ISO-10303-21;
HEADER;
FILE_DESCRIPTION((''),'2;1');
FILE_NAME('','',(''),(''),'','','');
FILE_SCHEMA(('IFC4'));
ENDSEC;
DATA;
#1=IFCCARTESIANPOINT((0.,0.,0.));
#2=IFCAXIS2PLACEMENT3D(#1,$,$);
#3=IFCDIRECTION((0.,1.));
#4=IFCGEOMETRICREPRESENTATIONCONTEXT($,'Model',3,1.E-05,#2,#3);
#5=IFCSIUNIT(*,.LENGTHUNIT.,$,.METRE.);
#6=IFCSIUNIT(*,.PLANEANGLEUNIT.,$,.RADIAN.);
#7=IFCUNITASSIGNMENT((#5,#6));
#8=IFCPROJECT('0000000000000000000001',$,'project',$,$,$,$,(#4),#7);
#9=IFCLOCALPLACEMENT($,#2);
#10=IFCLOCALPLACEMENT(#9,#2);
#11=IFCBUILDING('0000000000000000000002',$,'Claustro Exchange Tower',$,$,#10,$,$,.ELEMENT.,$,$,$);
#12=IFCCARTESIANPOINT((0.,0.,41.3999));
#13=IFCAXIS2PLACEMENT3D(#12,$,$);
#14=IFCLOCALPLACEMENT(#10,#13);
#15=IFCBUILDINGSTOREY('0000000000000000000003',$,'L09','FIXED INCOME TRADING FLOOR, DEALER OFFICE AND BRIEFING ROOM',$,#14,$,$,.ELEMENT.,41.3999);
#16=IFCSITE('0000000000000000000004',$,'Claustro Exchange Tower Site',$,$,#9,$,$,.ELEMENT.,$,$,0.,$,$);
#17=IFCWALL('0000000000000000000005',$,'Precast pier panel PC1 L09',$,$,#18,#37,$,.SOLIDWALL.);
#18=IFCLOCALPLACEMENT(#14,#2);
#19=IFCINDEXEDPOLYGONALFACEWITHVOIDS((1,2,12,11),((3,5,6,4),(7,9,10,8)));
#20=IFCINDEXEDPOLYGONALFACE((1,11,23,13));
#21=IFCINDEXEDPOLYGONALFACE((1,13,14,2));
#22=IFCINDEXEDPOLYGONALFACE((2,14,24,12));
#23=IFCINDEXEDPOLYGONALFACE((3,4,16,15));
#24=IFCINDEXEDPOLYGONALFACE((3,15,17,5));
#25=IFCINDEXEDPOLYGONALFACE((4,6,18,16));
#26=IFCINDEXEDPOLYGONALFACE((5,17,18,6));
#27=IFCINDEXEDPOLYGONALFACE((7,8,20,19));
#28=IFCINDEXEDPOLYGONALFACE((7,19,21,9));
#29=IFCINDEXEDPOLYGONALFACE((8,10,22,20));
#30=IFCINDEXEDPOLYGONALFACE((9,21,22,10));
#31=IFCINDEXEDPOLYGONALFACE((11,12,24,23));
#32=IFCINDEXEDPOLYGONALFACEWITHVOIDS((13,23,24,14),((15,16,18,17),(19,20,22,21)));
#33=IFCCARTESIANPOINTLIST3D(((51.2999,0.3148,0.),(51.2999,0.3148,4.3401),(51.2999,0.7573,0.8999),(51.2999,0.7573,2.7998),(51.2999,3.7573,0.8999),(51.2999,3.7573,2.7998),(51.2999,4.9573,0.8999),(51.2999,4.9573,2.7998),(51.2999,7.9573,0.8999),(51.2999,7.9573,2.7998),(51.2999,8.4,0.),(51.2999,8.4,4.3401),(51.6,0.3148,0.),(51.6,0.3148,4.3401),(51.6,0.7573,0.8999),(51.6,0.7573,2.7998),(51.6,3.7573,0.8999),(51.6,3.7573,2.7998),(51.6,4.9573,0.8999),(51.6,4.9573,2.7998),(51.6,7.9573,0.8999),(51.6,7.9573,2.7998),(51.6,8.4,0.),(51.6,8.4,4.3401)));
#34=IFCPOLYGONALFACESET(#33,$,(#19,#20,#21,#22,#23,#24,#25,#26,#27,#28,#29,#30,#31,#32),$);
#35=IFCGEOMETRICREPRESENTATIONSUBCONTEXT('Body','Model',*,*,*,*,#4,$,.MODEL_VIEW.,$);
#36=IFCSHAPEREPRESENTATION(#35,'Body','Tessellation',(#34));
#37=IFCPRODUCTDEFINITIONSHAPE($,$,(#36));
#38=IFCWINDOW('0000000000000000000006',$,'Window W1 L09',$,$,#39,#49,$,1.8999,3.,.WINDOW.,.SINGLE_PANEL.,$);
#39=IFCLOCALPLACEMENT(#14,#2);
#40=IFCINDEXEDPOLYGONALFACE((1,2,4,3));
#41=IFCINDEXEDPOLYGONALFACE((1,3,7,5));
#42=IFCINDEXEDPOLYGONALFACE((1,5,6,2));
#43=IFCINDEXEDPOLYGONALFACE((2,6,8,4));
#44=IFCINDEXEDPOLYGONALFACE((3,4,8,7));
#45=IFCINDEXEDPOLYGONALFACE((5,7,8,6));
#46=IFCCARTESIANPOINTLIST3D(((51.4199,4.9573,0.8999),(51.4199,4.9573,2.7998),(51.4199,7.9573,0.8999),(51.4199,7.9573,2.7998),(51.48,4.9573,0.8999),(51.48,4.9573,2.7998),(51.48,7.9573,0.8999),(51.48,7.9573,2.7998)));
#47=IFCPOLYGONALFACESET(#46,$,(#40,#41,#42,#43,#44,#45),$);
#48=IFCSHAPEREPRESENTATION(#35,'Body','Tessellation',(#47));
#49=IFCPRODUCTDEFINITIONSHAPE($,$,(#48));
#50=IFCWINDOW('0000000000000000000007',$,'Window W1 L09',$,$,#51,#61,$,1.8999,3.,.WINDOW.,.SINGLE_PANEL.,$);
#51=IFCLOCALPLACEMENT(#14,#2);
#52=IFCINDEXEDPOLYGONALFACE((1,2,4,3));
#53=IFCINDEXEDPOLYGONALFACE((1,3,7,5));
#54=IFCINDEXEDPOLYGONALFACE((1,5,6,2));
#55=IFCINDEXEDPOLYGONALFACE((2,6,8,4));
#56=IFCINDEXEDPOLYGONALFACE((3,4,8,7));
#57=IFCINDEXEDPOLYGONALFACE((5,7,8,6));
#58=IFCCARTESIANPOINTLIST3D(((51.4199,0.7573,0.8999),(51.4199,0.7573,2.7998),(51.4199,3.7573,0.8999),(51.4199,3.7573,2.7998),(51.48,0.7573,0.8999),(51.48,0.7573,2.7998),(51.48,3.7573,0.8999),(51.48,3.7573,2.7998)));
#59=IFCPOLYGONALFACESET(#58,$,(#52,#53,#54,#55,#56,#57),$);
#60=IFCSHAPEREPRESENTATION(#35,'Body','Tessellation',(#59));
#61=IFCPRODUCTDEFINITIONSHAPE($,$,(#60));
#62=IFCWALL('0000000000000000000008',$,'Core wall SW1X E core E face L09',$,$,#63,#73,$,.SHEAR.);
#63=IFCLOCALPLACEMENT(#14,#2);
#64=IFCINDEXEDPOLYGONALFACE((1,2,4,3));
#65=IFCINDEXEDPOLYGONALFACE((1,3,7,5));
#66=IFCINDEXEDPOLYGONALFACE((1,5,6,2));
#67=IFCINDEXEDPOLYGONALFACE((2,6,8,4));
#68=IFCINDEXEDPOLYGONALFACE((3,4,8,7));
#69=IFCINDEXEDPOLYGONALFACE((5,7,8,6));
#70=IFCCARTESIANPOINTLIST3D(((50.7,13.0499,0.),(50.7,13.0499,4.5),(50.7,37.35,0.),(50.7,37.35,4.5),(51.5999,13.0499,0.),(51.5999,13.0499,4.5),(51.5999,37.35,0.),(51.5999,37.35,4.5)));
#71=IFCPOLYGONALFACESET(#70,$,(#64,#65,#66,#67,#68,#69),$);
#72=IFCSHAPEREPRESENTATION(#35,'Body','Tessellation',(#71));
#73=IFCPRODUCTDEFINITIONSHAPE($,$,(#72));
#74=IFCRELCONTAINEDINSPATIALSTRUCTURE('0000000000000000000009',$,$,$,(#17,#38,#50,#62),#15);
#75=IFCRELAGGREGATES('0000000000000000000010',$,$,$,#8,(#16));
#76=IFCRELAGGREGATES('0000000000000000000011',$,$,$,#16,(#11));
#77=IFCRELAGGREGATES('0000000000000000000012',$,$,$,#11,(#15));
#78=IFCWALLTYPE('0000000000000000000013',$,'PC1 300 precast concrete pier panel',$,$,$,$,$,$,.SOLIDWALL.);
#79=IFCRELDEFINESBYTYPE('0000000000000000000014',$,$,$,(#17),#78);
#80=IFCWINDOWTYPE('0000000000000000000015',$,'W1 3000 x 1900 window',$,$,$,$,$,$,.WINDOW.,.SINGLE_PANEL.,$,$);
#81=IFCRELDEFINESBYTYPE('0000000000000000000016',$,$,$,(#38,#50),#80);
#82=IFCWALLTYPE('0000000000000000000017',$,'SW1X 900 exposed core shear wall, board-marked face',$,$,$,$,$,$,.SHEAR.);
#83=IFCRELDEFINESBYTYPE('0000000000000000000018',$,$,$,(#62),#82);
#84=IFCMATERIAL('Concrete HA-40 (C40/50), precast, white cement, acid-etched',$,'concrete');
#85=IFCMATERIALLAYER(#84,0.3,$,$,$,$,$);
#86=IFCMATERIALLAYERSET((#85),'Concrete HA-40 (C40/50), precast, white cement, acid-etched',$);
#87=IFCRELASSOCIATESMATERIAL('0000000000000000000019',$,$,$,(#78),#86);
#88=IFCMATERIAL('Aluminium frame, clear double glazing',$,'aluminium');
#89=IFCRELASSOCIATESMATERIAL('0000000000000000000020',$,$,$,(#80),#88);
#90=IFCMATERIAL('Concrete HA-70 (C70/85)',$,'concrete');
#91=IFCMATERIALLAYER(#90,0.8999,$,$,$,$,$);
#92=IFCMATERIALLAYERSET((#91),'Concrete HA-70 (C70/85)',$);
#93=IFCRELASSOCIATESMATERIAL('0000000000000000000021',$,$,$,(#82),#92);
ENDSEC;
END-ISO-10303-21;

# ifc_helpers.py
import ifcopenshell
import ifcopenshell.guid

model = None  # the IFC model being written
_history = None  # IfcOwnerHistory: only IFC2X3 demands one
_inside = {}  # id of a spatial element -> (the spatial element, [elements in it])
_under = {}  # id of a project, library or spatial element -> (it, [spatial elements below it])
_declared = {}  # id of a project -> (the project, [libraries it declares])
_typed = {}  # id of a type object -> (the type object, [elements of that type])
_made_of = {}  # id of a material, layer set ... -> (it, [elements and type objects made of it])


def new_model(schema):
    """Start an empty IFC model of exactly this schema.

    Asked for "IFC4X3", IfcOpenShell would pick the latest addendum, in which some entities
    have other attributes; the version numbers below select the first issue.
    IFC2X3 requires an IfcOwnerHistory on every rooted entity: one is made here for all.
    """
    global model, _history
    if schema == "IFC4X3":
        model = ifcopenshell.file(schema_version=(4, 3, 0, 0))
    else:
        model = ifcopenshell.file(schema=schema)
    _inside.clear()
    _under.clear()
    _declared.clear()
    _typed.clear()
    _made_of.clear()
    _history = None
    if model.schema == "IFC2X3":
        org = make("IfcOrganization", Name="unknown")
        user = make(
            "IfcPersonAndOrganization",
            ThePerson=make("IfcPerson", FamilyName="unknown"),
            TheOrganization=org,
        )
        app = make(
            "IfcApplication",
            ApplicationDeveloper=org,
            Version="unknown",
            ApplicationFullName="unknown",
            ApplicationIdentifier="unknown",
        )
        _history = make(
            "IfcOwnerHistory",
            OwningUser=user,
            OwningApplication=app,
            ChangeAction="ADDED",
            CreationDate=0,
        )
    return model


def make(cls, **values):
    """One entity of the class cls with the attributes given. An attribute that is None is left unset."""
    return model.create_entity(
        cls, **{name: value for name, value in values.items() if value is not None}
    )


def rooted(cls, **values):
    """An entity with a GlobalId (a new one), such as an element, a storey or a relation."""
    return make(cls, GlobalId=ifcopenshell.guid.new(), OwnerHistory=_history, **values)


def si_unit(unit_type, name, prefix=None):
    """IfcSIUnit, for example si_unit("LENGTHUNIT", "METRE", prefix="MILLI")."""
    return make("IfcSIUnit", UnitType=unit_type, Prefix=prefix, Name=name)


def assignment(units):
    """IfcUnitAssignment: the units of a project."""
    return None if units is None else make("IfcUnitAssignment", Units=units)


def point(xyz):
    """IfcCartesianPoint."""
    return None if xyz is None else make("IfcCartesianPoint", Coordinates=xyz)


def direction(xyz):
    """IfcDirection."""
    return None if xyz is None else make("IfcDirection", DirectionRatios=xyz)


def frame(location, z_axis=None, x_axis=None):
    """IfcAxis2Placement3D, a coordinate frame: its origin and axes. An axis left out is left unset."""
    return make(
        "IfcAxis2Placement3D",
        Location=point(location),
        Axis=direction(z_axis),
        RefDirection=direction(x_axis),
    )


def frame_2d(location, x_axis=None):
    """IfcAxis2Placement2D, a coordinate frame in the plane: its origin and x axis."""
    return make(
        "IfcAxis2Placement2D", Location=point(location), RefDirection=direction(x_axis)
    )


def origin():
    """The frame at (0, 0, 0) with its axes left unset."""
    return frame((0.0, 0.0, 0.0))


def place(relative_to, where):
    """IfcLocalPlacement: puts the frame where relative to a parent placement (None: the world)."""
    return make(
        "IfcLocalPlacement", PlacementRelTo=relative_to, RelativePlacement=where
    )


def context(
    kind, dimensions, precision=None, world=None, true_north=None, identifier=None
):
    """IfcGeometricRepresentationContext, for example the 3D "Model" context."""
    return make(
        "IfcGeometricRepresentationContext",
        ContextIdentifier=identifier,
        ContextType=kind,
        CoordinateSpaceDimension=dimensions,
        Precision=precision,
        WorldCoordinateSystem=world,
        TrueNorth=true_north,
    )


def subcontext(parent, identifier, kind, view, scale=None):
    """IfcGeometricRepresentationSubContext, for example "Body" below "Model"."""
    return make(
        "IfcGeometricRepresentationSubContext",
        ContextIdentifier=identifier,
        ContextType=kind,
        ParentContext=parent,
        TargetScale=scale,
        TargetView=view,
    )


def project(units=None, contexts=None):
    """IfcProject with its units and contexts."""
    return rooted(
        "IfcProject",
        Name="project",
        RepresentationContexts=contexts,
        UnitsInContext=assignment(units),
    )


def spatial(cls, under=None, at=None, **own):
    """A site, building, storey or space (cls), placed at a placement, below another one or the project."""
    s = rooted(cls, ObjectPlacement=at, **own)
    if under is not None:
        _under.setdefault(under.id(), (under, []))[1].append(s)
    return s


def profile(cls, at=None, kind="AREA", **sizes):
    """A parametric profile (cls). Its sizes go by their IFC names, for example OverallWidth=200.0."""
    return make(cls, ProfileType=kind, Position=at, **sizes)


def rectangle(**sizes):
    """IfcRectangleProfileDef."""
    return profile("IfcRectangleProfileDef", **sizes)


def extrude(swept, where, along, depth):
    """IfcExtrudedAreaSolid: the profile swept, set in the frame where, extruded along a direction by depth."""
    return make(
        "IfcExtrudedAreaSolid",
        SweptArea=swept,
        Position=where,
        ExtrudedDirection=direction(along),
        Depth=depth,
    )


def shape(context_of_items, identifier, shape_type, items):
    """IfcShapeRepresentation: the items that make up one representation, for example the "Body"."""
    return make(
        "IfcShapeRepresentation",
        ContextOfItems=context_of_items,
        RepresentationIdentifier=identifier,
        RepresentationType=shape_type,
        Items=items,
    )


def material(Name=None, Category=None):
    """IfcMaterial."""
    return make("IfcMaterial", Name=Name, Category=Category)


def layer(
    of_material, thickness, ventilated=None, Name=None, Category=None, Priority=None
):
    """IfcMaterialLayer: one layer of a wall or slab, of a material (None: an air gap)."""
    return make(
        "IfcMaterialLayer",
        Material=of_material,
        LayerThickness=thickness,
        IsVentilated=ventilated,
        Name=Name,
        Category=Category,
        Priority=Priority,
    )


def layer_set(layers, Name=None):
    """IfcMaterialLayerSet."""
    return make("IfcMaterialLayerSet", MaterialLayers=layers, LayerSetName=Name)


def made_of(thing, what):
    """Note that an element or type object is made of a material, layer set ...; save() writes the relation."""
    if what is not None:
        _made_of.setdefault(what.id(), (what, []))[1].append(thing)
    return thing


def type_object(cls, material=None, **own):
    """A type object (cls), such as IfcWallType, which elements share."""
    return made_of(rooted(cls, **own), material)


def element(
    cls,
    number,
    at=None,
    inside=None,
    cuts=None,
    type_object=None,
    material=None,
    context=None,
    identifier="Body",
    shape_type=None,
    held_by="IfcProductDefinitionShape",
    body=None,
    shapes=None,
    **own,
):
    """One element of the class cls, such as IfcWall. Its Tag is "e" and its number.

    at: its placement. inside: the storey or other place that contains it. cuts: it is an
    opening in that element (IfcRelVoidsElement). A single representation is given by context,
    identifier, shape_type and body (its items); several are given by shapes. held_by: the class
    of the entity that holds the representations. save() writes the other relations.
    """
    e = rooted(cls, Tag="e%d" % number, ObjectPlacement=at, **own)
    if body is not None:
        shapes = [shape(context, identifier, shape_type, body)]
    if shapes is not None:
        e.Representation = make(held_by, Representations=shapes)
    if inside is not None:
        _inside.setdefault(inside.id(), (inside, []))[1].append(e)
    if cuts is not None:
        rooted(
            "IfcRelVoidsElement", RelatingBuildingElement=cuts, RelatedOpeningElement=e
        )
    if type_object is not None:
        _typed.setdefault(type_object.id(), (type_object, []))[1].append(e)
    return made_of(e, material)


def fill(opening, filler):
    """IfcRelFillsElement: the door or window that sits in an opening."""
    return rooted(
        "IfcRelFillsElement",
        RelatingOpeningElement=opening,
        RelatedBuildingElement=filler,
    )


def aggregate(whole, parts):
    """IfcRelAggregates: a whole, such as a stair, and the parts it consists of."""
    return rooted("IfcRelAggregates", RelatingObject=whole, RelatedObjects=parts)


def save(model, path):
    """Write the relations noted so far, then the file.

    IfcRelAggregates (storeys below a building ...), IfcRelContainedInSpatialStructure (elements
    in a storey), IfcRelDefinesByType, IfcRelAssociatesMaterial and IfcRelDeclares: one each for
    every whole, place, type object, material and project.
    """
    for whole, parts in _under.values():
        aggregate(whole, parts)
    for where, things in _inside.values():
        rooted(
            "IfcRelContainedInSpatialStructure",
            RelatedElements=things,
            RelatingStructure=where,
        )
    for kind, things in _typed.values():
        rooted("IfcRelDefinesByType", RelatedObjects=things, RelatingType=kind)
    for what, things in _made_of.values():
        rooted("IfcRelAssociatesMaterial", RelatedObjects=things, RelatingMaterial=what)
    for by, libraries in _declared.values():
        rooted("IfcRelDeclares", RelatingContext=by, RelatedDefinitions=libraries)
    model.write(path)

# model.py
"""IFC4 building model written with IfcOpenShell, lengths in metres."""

from ifc_helpers import new_model, si_unit, direction, frame, frame_2d, origin, place, context, subcontext, project, spatial, rectangle, extrude, material, layer, layer_set, type_object, element, fill, save


model = new_model("IFC4")

# Units and contexts
model_context = context("Model", 3, precision=1e-05, world=origin(), true_north=direction((0.0, 1.0)))
body_context = subcontext(model_context, "Body", "Model", "MODEL_VIEW")
ifc_project = project(units=[si_unit("LENGTHUNIT", "METRE"), si_unit("PLANEANGLEUNIT", "RADIAN")], contexts=[model_context])

# Site, building, storey
site_placement = place(None, origin())
site = spatial("IfcSite", under=ifc_project, at=site_placement, Name="Claustro Exchange Tower Site", CompositionType="ELEMENT", RefElevation=0.0)
building_placement = place(site_placement, origin())
building = spatial("IfcBuilding", under=site, at=building_placement, Name="Claustro Exchange Tower", CompositionType="ELEMENT")
storey_placement = place(building_placement, frame((0.0, 0.0, 41.3999)))
storey = spatial("IfcBuildingStorey", under=building, at=storey_placement, Name="L09", Description="FIXED INCOME TRADING FLOOR, DEALER OFFICE AND BRIEFING ROOM", CompositionType="ELEMENT", Elevation=41.3999)

# Shared definitions
ifc_material_1 = material(Name="Concrete HA-40 (C40/50), precast, white cement, acid-etched", Category="concrete")
ifc_layer_1 = layer(ifc_material_1, 0.3)
ifc_layer_set_1 = layer_set([ifc_layer_1], Name="Concrete HA-40 (C40/50), precast, white cement, acid-etched")
wall_type_1 = type_object("IfcWallType", Name="PC1 300 precast concrete pier panel", PredefinedType="SOLIDWALL", material=ifc_layer_set_1)

# Wall, openings, windows
wall_1_placement = place(storey_placement, frame((51.45, 8.3999, 0.0), z_axis=(0.0, 0.0, 1.0), x_axis=(0.0, -1.0, 0.0)))
wall_1 = element("IfcWall", 1, at=wall_1_placement, inside=storey, type_object=wall_type_1, Name="Precast pier panel PC1 L09", PredefinedType="SOLIDWALL", context=body_context, shape_type="SweptSolid", body=[
    extrude(rectangle(XDim=8.0852, YDim=0.3, at=frame_2d((4.0425, 0.0))), origin(), (0.0, 0.0, 1.0), 4.3401),
])
opening_1_placement = place(wall_1_placement, frame((0.4426, 0.0, 0.8999)))
opening_1 = element("IfcOpeningElement", 2, at=opening_1_placement, cuts=wall_1, PredefinedType="OPENING", context=body_context, shape_type="SweptSolid", body=[
    extrude(rectangle(XDim=3.0, YDim=1.8999, at=frame_2d((1.5, 0.95))), frame((0.0, 0.1599, 0.0), z_axis=(0.0, -1.0, 0.0), x_axis=(1.0, 0.0, 0.0)), (0.0, 0.0, 1.0), 0.3201),
])
opening_2_placement = place(wall_1_placement, frame((4.6426, 0.0, 0.8999)))
opening_2 = element("IfcOpeningElement", 3, at=opening_2_placement, cuts=wall_1, PredefinedType="OPENING", context=body_context, shape_type="SweptSolid", body=[
    extrude(rectangle(XDim=3.0, YDim=1.8999, at=frame_2d((1.5, 0.95))), frame((0.0, 0.1599, 0.0), z_axis=(0.0, -1.0, 0.0), x_axis=(1.0, 0.0, 0.0)), (0.0, 0.0, 1.0), 0.3201),
])
ifc_material_2 = material(Name="Aluminium frame, clear double glazing", Category="aluminium")
window_type_1 = type_object("IfcWindowType", Name="W1 3000 x 1900 window", PartitioningType="SINGLE_PANEL", PredefinedType="WINDOW", material=ifc_material_2)
window_1_placement = place(opening_1_placement, origin())
window_1 = element("IfcWindow", 4, at=window_1_placement, inside=storey, type_object=window_type_1, Name="Window W1 L09", OverallHeight=1.8999, OverallWidth=3.0, PartitioningType="SINGLE_PANEL", PredefinedType="WINDOW", context=body_context, shape_type="SweptSolid", body=[
    extrude(rectangle(XDim=3.0, YDim=1.8999, at=frame_2d((1.5, 0.95))), frame((0.0, 0.03, 0.0), z_axis=(0.0, -1.0, 0.0), x_axis=(1.0, 0.0, 0.0)), (0.0, 0.0, 1.0), 0.0601),
])
fill(opening_1, window_1)
window_2_placement = place(opening_2_placement, origin())
window_2 = element("IfcWindow", 5, at=window_2_placement, inside=storey, type_object=window_type_1, Name="Window W1 L09", OverallHeight=1.8999, OverallWidth=3.0, PartitioningType="SINGLE_PANEL", PredefinedType="WINDOW", context=body_context, shape_type="SweptSolid", body=[
    extrude(rectangle(XDim=3.0, YDim=1.8999, at=frame_2d((1.5, 0.95))), frame((0.0, 0.03, 0.0), z_axis=(0.0, -1.0, 0.0), x_axis=(1.0, 0.0, 0.0)), (0.0, 0.0, 1.0), 0.0601),
])
fill(opening_2, window_2)

# Wall
ifc_material_3 = material(Name="Concrete HA-70 (C70/85)", Category="concrete")
ifc_layer_2 = layer(ifc_material_3, 0.8999)
ifc_layer_set_2 = layer_set([ifc_layer_2], Name="Concrete HA-70 (C70/85)")
wall_type_2 = type_object("IfcWallType", Name="SW1X 900 exposed core shear wall, board-marked face", PredefinedType="SHEAR", material=ifc_layer_set_2)
wall_2_placement = place(storey_placement, frame((51.1499, 13.05, 0.0), z_axis=(0.0, 0.0, 1.0), x_axis=(0.0, 1.0, 0.0)))
element("IfcWall", 6, at=wall_2_placement, inside=storey, type_object=wall_type_2, Name="Core wall SW1X E core E face L09", PredefinedType="SHEAR", context=body_context, shape_type="SweptSolid", body=[
    extrude(rectangle(XDim=24.3, YDim=0.8999, at=frame_2d((12.1499, 0.0))), origin(), (0.0, 0.0, 1.0), 4.5),
])

save(model, "model.ifc")
